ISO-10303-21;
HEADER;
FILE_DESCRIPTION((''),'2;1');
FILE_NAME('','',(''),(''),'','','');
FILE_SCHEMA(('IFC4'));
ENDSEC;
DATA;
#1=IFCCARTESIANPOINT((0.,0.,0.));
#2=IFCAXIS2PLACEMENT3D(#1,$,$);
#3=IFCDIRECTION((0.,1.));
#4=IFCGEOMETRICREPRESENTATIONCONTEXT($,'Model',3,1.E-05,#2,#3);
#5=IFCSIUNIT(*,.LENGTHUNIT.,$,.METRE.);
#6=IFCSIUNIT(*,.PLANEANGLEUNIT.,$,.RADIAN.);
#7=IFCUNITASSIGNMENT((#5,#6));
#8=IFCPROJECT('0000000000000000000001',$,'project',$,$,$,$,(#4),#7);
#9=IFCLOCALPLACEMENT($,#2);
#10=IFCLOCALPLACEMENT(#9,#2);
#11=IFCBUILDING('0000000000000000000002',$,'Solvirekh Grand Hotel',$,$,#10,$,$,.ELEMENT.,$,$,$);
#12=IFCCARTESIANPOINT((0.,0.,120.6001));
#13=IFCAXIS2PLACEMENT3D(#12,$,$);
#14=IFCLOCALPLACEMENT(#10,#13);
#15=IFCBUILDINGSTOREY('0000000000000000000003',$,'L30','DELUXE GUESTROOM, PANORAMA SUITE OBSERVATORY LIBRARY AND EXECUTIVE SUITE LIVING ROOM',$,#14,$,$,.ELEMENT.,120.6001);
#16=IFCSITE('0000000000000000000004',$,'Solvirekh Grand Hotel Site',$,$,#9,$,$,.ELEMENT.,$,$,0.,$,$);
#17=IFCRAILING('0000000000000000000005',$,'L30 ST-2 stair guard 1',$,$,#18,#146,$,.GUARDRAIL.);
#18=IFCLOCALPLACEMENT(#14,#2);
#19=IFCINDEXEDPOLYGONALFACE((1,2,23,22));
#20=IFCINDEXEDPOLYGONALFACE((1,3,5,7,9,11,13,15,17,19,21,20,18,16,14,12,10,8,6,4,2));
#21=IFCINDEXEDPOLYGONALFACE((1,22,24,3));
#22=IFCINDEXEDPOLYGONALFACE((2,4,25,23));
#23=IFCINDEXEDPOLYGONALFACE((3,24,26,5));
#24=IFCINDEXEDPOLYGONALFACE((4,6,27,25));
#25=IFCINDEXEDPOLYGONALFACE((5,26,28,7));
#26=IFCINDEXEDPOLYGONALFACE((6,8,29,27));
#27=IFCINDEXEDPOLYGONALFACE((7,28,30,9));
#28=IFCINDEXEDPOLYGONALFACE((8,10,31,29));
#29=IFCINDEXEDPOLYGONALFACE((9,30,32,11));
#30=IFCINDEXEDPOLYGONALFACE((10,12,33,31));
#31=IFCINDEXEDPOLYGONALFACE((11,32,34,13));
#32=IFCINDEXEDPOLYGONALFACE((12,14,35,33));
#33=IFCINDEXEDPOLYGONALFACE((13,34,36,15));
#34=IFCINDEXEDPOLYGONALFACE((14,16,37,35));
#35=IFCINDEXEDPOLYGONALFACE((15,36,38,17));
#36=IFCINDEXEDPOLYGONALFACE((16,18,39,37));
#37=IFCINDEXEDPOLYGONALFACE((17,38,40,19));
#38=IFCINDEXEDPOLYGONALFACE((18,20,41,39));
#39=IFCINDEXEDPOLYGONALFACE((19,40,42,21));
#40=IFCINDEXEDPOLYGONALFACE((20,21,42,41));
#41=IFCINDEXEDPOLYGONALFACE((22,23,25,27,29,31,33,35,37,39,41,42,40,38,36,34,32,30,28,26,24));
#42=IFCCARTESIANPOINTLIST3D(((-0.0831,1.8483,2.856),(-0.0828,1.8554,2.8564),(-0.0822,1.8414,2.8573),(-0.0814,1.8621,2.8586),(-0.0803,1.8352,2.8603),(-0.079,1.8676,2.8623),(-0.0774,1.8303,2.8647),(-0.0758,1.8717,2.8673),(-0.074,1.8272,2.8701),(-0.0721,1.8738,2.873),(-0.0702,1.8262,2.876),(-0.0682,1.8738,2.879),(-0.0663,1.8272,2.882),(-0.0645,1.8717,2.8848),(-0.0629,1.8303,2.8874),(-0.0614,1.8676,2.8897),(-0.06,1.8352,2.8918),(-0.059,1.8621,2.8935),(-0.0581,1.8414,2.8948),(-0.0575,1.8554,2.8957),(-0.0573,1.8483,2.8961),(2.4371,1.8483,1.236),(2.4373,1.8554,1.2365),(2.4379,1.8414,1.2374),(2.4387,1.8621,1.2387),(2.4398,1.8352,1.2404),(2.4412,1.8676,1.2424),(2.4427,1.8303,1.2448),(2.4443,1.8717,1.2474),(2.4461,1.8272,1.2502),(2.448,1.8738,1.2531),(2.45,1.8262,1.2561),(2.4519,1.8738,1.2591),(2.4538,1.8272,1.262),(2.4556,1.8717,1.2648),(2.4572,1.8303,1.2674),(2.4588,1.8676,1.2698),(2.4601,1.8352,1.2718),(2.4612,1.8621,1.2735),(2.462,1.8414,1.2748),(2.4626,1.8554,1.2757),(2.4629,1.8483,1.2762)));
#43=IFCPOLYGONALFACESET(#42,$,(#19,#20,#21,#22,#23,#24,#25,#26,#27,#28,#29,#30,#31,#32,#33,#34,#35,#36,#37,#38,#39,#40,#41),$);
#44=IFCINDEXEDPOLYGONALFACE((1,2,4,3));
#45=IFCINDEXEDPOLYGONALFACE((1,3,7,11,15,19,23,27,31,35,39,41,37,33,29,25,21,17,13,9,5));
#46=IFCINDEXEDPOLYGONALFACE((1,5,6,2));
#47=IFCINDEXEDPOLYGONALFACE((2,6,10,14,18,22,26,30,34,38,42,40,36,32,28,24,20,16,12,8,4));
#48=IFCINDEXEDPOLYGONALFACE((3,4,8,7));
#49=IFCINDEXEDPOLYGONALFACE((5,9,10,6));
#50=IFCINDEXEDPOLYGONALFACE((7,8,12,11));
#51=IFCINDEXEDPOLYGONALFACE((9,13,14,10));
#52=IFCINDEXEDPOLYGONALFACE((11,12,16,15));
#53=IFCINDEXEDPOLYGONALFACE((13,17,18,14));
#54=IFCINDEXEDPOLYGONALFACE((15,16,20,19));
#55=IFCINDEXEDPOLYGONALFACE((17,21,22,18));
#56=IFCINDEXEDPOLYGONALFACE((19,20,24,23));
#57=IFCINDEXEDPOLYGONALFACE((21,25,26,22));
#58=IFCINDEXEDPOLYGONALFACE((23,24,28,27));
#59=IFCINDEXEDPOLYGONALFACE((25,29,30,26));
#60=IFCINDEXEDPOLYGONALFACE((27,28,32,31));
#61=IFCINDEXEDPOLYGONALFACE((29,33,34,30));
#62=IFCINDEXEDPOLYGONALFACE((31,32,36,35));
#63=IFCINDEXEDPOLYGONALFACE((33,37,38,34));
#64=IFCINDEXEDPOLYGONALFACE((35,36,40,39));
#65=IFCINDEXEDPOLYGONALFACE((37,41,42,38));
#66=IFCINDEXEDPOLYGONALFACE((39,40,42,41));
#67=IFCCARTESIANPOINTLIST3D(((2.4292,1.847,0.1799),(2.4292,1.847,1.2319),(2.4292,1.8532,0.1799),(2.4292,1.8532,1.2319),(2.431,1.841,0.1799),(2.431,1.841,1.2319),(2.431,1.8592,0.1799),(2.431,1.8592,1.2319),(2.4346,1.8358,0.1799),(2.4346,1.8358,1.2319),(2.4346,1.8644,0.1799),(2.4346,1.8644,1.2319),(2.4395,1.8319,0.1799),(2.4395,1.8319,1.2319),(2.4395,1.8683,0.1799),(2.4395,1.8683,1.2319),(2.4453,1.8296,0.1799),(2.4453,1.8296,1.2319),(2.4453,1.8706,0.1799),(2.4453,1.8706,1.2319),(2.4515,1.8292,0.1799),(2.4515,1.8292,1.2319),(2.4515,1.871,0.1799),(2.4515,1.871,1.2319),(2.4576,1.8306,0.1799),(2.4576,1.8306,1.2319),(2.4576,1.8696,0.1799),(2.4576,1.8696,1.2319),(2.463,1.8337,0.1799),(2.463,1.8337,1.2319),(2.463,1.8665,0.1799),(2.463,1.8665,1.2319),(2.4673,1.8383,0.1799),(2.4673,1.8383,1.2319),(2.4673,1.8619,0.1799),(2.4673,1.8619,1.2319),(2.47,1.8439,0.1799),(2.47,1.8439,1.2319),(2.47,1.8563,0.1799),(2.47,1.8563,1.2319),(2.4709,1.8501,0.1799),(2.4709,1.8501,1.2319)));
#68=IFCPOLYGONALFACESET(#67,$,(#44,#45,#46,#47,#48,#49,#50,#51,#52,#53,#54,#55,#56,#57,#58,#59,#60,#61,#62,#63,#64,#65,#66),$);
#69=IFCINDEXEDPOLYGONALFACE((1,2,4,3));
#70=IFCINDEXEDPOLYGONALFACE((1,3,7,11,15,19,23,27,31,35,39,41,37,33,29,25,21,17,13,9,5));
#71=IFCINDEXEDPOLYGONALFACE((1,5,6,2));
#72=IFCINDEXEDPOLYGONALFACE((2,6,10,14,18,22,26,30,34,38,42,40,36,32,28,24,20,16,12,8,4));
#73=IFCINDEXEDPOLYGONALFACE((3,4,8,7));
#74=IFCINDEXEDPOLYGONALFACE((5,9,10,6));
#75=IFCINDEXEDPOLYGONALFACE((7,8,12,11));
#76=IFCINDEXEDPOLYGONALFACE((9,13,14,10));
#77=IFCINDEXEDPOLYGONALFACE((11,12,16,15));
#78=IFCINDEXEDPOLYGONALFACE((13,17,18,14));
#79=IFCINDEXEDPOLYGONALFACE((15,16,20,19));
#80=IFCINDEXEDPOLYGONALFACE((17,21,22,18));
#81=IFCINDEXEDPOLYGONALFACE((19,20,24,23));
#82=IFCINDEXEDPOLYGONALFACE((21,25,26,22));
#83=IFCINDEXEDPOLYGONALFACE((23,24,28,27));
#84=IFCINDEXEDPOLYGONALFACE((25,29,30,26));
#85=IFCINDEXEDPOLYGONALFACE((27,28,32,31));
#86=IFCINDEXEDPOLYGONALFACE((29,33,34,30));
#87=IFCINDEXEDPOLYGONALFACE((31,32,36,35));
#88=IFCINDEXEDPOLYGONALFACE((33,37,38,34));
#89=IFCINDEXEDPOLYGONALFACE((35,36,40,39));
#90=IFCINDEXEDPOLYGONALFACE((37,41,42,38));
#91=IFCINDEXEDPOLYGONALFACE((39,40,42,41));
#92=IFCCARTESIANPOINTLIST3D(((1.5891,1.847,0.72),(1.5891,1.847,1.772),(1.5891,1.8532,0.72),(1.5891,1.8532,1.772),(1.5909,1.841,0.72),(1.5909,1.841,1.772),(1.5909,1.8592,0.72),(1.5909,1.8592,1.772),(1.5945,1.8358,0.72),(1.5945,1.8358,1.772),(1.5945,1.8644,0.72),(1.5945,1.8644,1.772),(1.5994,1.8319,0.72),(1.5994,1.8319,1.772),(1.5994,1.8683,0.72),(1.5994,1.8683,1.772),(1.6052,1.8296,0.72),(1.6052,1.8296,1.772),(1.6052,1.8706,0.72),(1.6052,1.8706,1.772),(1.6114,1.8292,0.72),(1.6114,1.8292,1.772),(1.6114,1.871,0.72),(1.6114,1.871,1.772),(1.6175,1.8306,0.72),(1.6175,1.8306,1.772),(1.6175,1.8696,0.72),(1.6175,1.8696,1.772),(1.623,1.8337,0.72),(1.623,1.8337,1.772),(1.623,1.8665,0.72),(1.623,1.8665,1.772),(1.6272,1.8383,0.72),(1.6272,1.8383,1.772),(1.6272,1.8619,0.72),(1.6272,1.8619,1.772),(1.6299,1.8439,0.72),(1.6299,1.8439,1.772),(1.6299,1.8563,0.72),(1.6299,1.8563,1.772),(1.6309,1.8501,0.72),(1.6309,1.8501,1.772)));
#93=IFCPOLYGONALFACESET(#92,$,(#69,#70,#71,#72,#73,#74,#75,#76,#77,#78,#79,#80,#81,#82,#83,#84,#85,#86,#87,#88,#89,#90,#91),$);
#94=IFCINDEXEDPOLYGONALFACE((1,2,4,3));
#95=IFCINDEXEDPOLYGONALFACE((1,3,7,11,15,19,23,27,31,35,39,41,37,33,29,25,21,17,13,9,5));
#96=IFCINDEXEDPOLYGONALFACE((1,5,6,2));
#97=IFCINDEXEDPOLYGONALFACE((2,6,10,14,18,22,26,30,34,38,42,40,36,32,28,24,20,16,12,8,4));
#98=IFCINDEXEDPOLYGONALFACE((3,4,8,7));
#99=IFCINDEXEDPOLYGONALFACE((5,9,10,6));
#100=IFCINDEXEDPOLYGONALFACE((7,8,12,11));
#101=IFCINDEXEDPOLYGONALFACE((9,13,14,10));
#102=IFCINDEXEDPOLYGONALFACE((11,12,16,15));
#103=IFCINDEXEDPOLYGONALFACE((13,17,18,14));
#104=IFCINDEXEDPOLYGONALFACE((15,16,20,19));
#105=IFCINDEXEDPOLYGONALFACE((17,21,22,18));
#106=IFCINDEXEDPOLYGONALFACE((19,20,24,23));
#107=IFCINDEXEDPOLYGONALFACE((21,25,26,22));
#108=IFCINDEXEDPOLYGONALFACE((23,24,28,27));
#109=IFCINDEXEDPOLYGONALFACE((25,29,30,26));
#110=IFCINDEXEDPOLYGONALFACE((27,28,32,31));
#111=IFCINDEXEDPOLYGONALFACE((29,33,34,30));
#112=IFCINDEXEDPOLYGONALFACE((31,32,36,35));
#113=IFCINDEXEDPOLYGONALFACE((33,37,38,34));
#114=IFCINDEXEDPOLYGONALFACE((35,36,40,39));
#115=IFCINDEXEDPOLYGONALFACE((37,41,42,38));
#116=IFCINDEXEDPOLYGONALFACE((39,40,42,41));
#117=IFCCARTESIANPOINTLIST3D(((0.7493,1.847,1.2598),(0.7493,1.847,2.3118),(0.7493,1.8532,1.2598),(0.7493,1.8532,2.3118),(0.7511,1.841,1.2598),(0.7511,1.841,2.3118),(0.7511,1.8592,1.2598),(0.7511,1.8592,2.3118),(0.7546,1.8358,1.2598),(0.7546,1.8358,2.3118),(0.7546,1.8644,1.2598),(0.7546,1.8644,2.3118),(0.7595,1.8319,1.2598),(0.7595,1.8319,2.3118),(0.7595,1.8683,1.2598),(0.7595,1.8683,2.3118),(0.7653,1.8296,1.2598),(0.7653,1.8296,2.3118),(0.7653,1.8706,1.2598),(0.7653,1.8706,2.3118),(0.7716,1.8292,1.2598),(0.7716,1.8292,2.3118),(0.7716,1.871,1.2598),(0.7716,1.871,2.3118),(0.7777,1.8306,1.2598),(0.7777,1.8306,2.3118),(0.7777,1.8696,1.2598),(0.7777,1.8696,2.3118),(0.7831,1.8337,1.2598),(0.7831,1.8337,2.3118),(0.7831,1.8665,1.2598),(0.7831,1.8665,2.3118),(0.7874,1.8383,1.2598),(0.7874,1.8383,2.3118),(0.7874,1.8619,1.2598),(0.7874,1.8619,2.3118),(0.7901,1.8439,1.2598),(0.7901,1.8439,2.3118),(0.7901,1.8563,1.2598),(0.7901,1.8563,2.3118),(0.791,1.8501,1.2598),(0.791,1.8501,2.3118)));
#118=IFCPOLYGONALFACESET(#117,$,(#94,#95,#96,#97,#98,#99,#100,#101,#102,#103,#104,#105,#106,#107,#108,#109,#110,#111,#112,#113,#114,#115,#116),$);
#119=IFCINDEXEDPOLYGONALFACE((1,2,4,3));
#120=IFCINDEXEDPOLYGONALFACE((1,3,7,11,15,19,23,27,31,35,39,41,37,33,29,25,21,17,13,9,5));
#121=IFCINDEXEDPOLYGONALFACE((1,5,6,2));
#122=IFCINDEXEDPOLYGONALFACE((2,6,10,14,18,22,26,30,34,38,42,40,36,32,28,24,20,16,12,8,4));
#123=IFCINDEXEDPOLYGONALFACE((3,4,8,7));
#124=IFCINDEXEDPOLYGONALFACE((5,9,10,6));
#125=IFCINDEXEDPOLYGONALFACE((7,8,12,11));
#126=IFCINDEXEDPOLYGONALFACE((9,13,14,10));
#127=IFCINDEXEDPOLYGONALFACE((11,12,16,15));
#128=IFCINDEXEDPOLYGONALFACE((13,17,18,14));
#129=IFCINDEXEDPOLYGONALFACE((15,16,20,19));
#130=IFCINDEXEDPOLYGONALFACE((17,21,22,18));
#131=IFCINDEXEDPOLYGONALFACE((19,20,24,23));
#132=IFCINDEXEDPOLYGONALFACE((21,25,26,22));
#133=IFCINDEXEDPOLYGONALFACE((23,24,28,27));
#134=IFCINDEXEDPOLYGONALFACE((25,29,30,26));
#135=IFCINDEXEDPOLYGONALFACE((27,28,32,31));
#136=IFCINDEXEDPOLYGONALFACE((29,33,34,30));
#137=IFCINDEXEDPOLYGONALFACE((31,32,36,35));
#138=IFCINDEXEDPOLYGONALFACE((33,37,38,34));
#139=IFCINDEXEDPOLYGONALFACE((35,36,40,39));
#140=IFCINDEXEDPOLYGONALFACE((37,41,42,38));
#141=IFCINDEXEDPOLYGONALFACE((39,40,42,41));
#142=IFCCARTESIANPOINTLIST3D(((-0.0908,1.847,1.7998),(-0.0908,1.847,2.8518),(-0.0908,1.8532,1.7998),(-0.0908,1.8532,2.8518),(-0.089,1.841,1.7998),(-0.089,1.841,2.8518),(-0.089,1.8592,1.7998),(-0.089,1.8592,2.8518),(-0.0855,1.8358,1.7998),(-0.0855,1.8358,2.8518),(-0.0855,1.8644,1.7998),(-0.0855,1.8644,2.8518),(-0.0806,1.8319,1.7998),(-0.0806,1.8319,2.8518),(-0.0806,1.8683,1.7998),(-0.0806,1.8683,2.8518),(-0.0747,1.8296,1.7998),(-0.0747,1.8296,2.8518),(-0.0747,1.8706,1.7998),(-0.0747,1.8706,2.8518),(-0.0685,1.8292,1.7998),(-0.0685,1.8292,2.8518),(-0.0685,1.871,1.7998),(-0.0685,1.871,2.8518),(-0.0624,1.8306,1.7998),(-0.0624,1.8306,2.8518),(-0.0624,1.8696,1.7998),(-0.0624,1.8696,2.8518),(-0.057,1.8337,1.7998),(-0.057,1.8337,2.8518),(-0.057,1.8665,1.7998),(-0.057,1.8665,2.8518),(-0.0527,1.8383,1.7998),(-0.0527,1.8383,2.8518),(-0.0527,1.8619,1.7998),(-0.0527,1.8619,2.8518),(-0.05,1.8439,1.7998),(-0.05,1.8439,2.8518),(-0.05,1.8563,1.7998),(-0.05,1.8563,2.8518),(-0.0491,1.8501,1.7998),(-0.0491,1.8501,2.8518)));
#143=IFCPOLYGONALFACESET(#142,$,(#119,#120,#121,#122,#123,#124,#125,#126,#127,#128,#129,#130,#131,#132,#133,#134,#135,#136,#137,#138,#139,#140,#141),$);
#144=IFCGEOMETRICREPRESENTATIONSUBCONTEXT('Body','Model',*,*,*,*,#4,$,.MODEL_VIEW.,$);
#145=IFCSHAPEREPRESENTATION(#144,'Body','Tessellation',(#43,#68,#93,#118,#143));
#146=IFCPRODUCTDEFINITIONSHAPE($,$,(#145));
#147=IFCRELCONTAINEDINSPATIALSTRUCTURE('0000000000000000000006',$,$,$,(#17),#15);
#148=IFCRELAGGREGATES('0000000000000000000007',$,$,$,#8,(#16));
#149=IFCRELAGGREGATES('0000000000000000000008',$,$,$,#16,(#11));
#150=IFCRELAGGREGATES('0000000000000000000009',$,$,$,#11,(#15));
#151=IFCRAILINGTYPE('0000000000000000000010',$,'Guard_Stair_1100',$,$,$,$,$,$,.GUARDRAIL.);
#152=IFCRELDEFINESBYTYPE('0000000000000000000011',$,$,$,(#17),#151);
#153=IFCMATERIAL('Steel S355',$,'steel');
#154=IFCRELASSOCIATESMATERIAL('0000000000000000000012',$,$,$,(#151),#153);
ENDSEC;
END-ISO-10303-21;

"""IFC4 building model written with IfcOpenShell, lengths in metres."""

from ifc_helpers import new_model, si_unit, direction, frame, origin, origin_2d, place, context, subcontext, project, spatial, circle, extrude, material, type_object, element, save


model = new_model("IFC4")

# Units and contexts
model_context = context("Model", 3, precision=1e-05, world=origin(), true_north=direction((0.0, 1.0)))
body_context = subcontext(model_context, "Body", "Model", "MODEL_VIEW")
ifc_project = project(units=[si_unit("LENGTHUNIT", "METRE"), si_unit("PLANEANGLEUNIT", "RADIAN")], contexts=[model_context])

# Site, building, storey
site_placement = place(None, origin())
site = spatial("IfcSite", under=ifc_project, at=site_placement, Name="Solvirekh Grand Hotel Site", CompositionType="ELEMENT", RefElevation=0.0)
building_placement = place(site_placement, origin())
building = spatial("IfcBuilding", under=site, at=building_placement, Name="Solvirekh Grand Hotel", CompositionType="ELEMENT")
storey_placement = place(building_placement, frame((0.0, 0.0, 120.6001)))
storey = spatial("IfcBuildingStorey", under=building, at=storey_placement, Name="L30", Description="DELUXE GUESTROOM, PANORAMA SUITE OBSERVATORY LIBRARY AND EXECUTIVE SUITE LIVING ROOM", CompositionType="ELEMENT", Elevation=120.6001)

# Railing
ifc_material_1 = material(Name="Steel S355", Category="steel")
railing_type_1 = type_object("IfcRailingType", Name="Guard_Stair_1100", PredefinedType="GUARDRAIL", material=ifc_material_1)
railing_1_placement = place(storey_placement, frame((2.45, 1.8501, 0.1799)))
element("IfcRailing", 1, at=railing_1_placement, inside=storey, type_object=railing_type_1, Name="L30 ST-2 stair guard 1", PredefinedType="GUARDRAIL", context=body_context, shape_type="SweptSolid", body=[
    extrude(circle(Radius=0.0239, at=origin_2d()), frame((0.0, 0.0, 1.0762), z_axis=(-0.8412, 0.0, 0.540725), x_axis=(0.0, -1.0, 0.0)), (0.0, 0.0, 1.0), 2.9958),
    extrude(circle(Radius=0.021, at=origin_2d()), origin(), (0.0, 0.0, 1.0), 1.052),
    extrude(circle(Radius=0.021, at=origin_2d()), frame((-0.8401, 0.0, 0.54)), (0.0, 0.0, 1.0), 1.052),
    extrude(circle(Radius=0.021, at=origin_2d()), frame((-1.6799, 0.0, 1.0798)), (0.0, 0.0, 1.0), 1.052),
    extrude(circle(Radius=0.021, at=origin_2d()), frame((-2.52, 0.0, 1.6199)), (0.0, 0.0, 1.0), 1.052),
])

save(model, "model.ifc")
